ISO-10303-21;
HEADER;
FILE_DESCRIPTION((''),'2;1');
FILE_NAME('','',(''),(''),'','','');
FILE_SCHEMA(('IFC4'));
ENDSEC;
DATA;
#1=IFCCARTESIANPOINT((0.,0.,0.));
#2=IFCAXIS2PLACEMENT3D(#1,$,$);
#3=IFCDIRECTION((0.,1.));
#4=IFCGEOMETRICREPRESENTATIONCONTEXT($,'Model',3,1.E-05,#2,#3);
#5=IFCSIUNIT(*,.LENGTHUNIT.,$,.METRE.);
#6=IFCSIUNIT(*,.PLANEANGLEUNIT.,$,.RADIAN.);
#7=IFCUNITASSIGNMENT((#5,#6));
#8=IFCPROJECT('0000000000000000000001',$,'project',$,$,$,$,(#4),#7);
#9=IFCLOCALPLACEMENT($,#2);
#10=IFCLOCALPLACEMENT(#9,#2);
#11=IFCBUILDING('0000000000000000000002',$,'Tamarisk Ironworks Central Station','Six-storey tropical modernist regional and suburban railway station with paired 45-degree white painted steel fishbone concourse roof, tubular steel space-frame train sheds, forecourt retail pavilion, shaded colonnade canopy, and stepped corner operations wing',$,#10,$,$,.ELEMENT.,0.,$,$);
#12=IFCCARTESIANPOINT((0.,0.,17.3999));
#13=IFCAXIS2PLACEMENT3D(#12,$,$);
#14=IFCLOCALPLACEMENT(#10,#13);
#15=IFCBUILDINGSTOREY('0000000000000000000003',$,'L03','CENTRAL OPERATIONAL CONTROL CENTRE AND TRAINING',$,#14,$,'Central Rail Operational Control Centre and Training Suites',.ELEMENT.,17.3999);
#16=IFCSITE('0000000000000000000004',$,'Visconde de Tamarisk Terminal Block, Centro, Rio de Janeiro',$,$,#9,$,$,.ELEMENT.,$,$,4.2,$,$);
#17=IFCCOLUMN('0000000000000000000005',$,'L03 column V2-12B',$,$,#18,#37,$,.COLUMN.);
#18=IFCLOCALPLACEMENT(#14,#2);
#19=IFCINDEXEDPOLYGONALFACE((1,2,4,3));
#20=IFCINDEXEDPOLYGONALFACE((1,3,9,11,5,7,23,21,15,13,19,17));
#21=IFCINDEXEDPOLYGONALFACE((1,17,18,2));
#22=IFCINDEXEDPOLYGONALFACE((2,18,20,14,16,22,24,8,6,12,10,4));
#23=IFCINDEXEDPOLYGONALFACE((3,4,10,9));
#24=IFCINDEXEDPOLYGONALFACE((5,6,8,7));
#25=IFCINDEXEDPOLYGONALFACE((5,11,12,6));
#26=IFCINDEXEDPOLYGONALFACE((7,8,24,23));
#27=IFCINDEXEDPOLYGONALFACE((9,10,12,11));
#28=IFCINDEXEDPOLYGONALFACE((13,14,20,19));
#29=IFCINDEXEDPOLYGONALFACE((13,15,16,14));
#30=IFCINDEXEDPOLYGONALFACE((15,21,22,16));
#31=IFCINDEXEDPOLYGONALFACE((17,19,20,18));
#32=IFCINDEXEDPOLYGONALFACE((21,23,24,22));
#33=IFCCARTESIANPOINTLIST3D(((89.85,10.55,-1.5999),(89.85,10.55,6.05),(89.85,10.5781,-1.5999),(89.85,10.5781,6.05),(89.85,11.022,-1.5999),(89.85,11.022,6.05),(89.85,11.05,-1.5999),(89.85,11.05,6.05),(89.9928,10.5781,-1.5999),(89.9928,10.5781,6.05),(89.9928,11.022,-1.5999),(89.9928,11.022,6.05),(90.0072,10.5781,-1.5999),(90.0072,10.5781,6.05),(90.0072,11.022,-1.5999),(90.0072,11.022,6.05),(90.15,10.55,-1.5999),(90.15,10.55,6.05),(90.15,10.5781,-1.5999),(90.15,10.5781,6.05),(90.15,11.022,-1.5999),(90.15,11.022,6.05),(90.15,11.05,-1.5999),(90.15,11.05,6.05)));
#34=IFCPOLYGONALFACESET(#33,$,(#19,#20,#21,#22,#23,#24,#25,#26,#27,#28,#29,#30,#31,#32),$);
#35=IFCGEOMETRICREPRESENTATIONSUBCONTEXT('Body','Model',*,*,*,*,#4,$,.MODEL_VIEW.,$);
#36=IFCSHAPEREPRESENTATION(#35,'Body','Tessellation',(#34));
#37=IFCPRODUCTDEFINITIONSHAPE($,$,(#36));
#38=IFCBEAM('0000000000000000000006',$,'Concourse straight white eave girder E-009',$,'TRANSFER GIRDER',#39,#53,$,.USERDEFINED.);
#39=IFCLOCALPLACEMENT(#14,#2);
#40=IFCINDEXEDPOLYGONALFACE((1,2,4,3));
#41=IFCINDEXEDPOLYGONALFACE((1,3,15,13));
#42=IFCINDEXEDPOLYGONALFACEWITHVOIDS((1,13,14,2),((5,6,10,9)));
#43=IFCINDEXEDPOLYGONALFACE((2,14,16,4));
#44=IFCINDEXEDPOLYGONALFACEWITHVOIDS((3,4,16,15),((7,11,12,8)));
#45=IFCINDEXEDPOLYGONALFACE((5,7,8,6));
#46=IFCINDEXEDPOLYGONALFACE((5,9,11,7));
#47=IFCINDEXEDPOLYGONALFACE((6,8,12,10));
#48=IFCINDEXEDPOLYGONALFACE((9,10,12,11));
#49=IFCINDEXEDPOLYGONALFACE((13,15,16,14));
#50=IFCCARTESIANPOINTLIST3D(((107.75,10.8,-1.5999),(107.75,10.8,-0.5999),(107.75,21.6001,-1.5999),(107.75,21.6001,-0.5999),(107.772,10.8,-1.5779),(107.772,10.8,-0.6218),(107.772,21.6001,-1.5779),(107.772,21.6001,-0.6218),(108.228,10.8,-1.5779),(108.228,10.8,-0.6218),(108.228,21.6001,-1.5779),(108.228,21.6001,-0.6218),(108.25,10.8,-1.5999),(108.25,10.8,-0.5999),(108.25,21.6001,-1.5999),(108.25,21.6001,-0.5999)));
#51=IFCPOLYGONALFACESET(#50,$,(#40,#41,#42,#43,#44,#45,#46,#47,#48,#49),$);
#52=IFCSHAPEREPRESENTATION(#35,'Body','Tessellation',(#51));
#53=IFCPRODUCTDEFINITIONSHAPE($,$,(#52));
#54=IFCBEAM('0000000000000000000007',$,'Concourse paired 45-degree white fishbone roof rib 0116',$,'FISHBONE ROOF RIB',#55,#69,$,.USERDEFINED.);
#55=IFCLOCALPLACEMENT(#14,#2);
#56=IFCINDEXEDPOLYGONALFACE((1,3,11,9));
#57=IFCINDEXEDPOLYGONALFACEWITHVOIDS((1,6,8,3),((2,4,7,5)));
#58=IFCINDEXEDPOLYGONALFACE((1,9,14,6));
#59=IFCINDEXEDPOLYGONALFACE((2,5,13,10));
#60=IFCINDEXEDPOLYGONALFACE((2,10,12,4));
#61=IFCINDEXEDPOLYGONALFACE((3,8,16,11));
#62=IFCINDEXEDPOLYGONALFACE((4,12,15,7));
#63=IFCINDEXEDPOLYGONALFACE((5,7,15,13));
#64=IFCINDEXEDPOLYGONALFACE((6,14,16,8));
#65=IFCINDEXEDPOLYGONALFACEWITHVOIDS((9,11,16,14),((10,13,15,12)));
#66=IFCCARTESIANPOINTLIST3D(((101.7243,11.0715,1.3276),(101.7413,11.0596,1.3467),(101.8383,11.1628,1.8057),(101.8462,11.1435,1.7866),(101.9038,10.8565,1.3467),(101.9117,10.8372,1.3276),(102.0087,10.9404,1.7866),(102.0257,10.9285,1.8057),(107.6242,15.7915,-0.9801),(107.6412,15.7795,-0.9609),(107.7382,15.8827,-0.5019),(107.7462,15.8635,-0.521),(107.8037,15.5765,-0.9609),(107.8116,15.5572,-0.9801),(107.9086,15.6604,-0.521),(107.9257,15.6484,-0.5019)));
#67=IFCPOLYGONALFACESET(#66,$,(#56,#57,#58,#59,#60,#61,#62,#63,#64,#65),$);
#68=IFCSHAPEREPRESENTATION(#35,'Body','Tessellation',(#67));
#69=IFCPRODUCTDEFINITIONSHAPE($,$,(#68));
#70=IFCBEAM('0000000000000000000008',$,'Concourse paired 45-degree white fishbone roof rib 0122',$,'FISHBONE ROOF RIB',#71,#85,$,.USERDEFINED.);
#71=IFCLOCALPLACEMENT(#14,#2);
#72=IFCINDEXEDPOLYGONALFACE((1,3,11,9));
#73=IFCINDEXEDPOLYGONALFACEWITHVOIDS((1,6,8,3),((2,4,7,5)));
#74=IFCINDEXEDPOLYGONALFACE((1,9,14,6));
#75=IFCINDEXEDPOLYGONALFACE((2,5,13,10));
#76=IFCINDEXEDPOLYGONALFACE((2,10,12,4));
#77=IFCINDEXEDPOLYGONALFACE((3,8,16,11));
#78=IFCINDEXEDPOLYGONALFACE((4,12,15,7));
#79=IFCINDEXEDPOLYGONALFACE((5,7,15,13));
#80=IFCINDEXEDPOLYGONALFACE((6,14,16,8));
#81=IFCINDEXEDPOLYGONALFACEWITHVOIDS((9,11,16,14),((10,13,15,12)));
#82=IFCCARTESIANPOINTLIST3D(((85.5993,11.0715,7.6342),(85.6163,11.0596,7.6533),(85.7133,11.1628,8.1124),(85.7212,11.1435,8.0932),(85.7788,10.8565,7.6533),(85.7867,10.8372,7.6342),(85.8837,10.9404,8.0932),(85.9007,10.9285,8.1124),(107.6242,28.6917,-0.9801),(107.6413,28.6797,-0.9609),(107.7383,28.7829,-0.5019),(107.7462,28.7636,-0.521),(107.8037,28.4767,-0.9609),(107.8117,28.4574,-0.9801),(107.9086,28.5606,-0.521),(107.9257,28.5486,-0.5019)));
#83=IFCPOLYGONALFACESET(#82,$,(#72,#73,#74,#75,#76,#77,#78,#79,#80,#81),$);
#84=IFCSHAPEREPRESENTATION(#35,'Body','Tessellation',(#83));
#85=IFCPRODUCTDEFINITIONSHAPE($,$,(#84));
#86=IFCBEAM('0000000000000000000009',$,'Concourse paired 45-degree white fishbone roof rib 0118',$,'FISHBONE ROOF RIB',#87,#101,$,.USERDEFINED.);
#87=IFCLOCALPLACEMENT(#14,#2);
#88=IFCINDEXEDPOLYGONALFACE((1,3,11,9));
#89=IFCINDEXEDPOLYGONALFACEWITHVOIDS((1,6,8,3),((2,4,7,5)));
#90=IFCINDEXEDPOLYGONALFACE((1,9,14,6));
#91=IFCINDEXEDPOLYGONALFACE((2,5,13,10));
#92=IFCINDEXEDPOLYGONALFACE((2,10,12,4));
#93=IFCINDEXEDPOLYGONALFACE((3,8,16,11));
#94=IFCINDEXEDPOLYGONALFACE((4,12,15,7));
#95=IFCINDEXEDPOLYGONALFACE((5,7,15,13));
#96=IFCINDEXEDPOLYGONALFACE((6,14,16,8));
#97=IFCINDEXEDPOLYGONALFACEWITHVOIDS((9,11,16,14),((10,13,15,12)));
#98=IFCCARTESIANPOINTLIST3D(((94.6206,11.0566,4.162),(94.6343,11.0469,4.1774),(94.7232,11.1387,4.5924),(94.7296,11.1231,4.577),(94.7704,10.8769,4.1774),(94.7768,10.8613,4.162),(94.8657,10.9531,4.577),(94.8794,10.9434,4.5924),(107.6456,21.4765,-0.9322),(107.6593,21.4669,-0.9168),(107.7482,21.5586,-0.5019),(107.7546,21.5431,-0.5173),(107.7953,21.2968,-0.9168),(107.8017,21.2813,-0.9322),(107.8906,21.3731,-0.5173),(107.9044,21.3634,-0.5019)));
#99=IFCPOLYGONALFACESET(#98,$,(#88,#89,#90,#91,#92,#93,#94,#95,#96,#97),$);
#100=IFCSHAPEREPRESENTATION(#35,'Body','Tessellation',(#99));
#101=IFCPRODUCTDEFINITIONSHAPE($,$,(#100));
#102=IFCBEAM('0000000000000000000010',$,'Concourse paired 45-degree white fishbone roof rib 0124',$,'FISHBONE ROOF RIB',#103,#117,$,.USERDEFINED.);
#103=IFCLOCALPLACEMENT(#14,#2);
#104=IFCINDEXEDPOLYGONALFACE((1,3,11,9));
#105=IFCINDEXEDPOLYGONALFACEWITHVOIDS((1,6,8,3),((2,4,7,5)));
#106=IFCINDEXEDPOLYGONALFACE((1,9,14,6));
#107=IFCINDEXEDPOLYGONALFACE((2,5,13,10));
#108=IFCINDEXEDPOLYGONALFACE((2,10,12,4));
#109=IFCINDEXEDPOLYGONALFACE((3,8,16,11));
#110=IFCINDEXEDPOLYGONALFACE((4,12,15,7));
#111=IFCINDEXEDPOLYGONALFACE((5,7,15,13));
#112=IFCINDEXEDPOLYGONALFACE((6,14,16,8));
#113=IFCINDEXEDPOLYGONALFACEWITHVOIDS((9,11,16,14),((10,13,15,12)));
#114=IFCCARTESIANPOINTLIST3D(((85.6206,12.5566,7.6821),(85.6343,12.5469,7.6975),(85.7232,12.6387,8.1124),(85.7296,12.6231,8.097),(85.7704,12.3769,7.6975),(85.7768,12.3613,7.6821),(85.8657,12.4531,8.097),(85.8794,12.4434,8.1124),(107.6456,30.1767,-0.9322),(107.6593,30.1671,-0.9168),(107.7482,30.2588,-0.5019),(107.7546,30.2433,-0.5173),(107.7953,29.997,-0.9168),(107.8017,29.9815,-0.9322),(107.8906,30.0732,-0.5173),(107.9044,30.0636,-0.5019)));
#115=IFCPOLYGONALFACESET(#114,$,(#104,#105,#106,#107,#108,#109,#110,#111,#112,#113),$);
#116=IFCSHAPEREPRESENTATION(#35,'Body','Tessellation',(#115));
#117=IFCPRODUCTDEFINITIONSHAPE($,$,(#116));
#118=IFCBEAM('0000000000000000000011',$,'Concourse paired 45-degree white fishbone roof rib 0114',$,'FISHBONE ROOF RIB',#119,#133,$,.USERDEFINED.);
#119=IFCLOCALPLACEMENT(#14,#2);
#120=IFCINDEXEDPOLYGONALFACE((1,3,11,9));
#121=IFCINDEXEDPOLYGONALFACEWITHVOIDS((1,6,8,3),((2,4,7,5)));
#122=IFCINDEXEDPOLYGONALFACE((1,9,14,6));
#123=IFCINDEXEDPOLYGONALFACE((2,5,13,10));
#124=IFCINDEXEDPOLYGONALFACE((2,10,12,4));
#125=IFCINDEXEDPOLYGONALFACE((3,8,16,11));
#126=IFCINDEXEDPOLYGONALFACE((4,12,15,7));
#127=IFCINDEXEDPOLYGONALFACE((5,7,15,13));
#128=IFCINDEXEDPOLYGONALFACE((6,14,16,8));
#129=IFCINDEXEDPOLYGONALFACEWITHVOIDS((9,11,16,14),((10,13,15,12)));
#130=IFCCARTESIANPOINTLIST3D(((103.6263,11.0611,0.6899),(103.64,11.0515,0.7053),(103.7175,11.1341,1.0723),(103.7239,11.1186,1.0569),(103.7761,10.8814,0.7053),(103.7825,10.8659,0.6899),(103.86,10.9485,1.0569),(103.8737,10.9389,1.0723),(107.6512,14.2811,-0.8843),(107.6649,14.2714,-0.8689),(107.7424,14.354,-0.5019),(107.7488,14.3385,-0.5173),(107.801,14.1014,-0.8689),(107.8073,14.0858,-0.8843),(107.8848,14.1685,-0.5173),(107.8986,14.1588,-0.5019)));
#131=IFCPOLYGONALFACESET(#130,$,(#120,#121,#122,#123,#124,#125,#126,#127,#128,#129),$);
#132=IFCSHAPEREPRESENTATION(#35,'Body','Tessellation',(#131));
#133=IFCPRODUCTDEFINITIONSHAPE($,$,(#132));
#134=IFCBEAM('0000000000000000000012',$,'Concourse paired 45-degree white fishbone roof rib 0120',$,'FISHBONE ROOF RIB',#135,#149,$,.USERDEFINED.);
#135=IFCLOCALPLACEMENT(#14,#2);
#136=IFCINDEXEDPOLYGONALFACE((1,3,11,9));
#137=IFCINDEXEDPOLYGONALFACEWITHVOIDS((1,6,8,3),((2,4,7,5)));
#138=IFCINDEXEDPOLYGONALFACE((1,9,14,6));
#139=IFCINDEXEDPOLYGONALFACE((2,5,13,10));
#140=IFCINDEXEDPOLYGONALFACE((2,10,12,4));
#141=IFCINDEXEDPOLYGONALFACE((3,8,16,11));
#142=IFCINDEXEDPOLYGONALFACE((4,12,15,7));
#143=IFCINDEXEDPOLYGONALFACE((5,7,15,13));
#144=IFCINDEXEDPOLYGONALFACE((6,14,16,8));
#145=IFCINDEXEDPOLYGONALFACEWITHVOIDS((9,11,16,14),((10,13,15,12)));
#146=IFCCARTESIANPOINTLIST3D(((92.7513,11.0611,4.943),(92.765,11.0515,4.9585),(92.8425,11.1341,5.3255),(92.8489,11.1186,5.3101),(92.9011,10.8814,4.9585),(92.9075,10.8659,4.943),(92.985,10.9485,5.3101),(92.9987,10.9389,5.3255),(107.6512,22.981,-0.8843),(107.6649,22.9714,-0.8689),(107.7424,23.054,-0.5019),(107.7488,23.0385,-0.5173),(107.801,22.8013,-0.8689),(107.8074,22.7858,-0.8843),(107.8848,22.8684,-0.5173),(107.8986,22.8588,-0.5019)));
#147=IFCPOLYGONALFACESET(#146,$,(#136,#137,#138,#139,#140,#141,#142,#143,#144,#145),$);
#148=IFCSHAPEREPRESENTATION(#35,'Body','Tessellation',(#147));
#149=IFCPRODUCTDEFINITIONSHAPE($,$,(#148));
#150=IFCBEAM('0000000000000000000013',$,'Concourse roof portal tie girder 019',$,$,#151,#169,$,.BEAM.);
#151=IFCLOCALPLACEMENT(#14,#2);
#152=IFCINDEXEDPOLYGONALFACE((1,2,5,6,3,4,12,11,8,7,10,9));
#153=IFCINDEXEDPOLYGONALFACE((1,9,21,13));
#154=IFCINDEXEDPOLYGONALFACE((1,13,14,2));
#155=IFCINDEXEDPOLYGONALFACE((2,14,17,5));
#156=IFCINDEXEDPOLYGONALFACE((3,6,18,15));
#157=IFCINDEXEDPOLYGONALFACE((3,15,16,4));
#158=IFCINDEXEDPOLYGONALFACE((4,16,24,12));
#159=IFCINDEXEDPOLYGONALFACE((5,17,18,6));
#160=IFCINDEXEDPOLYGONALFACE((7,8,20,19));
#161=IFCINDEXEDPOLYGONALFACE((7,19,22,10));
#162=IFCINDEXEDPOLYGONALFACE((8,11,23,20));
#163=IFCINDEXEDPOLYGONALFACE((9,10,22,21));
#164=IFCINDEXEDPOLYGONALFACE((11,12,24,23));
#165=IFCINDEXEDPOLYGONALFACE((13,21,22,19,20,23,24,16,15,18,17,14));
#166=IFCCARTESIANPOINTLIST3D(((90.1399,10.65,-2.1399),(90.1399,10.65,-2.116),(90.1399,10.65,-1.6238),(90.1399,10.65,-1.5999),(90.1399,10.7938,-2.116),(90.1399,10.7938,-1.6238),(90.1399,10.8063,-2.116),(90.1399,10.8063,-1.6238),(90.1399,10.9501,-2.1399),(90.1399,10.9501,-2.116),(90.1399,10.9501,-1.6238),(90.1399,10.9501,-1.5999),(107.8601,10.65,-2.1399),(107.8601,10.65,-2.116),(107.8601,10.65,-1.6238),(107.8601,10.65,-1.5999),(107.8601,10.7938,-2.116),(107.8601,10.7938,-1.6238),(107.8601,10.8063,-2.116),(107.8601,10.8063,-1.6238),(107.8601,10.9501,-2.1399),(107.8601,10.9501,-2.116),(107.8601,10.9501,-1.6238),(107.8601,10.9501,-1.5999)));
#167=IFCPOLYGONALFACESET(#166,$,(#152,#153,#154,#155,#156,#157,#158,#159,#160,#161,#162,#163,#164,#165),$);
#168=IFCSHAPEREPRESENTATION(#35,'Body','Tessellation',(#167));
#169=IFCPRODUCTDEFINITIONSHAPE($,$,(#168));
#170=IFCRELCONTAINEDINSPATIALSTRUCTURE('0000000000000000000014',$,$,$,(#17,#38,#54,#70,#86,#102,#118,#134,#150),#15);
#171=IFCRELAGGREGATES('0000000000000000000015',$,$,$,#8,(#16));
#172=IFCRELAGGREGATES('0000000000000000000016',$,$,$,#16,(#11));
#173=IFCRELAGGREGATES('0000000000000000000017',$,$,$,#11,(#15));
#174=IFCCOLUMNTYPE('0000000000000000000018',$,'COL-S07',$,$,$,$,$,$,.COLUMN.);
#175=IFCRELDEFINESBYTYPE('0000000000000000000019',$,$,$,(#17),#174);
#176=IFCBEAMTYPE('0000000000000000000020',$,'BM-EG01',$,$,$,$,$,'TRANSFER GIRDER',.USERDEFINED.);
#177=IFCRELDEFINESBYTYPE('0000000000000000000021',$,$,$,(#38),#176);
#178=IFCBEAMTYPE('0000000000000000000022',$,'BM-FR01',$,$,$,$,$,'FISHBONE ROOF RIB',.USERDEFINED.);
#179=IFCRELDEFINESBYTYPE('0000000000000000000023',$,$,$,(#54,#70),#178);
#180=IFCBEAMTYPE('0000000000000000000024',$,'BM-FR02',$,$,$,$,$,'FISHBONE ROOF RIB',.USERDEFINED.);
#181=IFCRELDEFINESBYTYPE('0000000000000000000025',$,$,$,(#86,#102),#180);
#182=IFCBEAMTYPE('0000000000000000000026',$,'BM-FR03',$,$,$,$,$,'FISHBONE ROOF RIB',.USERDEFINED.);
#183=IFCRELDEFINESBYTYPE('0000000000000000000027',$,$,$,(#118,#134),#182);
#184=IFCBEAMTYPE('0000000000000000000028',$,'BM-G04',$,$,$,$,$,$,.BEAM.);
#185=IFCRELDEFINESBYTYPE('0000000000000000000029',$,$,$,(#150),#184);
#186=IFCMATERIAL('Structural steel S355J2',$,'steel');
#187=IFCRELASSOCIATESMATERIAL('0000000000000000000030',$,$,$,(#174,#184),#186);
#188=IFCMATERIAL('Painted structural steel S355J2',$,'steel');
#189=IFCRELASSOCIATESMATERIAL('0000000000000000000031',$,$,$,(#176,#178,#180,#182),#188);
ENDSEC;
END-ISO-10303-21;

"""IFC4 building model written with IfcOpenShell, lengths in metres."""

from ifc_helpers import new_model, si_unit, direction, frame, origin, origin_2d, place, context, subcontext, project, spatial, hollow_rectangle, i_section, extrude, material, material_profile, profile_set, type_object, element, save


model = new_model("IFC4")

# Units and contexts
model_context = context("Model", 3, precision=1e-05, world=origin(), true_north=direction((0.0, 1.0)))
body_context = subcontext(model_context, "Body", "Model", "MODEL_VIEW")
ifc_project = project(units=[si_unit("LENGTHUNIT", "METRE"), si_unit("PLANEANGLEUNIT", "RADIAN")], contexts=[model_context])

# Site, building, storey
site_placement = place(None, origin())
site = spatial("IfcSite", under=ifc_project, at=site_placement, Name="Visconde de Tamarisk Terminal Block, Centro, Rio de Janeiro", CompositionType="ELEMENT", RefElevation=4.2)
building_placement = place(site_placement, origin())
building = spatial("IfcBuilding", under=site, at=building_placement, Name="Tamarisk Ironworks Central Station", Description="Six-storey tropical modernist regional and suburban railway station with paired 45-degree white painted steel fishbone concourse roof, tubular steel space-frame train sheds, forecourt retail pavilion, shaded colonnade canopy, and stepped corner operations wing", CompositionType="ELEMENT", ElevationOfRefHeight=0.0)
storey_placement = place(building_placement, frame((0.0, 0.0, 17.3999)))
storey = spatial("IfcBuildingStorey", under=building, at=storey_placement, Name="L03", Description="CENTRAL OPERATIONAL CONTROL CENTRE AND TRAINING", LongName="Central Rail Operational Control Centre and Training Suites", CompositionType="ELEMENT", Elevation=17.3999)

# Column
ifc_material_1 = material(Name="Structural steel S355J2", Category="steel")
ifc_material_profile_1 = material_profile(ifc_material_1, i_section(OverallWidth=0.3, OverallDepth=0.5, WebThickness=0.0144, FlangeThickness=0.0281, at=origin_2d()), Name="HEB 500")
ifc_profile_set_1 = profile_set([ifc_material_profile_1], Name="Structural steel S355J2")
column_type = type_object("IfcColumnType", Name="COL-S07", PredefinedType="COLUMN", material=ifc_profile_set_1)
column_placement = place(storey_placement, frame((90.0, 10.8, -1.5999), z_axis=(0.0, 0.0, 1.0), x_axis=(1.0, 0.0, 0.0)))
element("IfcColumn", 1, at=column_placement, inside=storey, type_object=column_type, Name="L03 column V2-12B", PredefinedType="COLUMN", context=body_context, shape_type="SweptSolid", body=[
    extrude(i_section(OverallWidth=0.3, OverallDepth=0.5, WebThickness=0.0144, FlangeThickness=0.0281, at=origin_2d()), origin(), (0.0, 0.0, 1.0), 7.6499),
])

# Beams
ifc_material_2 = material(Name="Painted structural steel S355J2", Category="steel")
ifc_material_profile_2 = material_profile(ifc_material_2, hollow_rectangle(XDim=0.5, YDim=1.0, WallThickness=0.022, at=origin_2d()), Name="BOX 500x1000x22")
ifc_profile_set_2 = profile_set([ifc_material_profile_2], Name="Painted structural steel S355J2")
beam_type_1 = type_object("IfcBeamType", Name="BM-EG01", ElementType="TRANSFER GIRDER", PredefinedType="USERDEFINED", material=ifc_profile_set_2)
beam_1_placement = place(storey_placement, frame((108.0, 10.8, -1.0999), z_axis=(0.0, 1.0, 0.0), x_axis=(-1.0, 0.0, 0.0)))
element("IfcBeam", 2, at=beam_1_placement, inside=storey, type_object=beam_type_1, Name="Concourse straight white eave girder E-009", ObjectType="TRANSFER GIRDER", PredefinedType="USERDEFINED", context=body_context, shape_type="SweptSolid", body=[
    extrude(hollow_rectangle(XDim=0.5, YDim=1.0, WallThickness=0.022, at=origin_2d()), origin(), (0.0, 0.0, 1.0), 10.8),
])
ifc_material_profile_3 = material_profile(ifc_material_2, hollow_rectangle(XDim=0.3, YDim=0.5, WallThickness=0.02, at=origin_2d()), Name="RHS 500x300x20")
ifc_profile_set_3 = profile_set([ifc_material_profile_3], Name="Painted structural steel S355J2")
beam_type_2 = type_object("IfcBeamType", Name="BM-FR01", ElementType="FISHBONE ROOF RIB", PredefinedType="USERDEFINED", material=ifc_profile_set_3)
beam_2_placement = place(storey_placement, frame((101.875, 11.0, 1.5667), z_axis=(0.746811, 0.597455, -0.292099), x_axis=(-0.624699, 0.780866, 0.0)))
element("IfcBeam", 3, at=beam_2_placement, inside=storey, type_object=beam_type_2, Name="Concourse paired 45-degree white fishbone roof rib 0116", ObjectType="FISHBONE ROOF RIB", PredefinedType="USERDEFINED", context=body_context, shape_type="SweptSolid", body=[
    extrude(hollow_rectangle(XDim=0.3, YDim=0.5, WallThickness=0.02, at=origin_2d()), origin(), (0.0, 0.0, 1.0), 7.9001),
])
beam_3_placement = place(storey_placement, frame((85.75, 11.0, 7.8733), z_axis=(0.746813, 0.597457, -0.292089), x_axis=(-0.624699, 0.780865, 0.0)))
element("IfcBeam", 4, at=beam_3_placement, inside=storey, type_object=beam_type_2, Name="Concourse paired 45-degree white fishbone roof rib 0122", ObjectType="FISHBONE ROOF RIB", PredefinedType="USERDEFINED", context=body_context, shape_type="SweptSolid", body=[
    extrude(hollow_rectangle(XDim=0.3, YDim=0.5, WallThickness=0.02, at=origin_2d()), origin(), (0.0, 0.0, 1.0), 29.4919),
])
ifc_material_profile_4 = material_profile(ifc_material_2, hollow_rectangle(XDim=0.25, YDim=0.45, WallThickness=0.0161, at=origin_2d()), Name="RHS 450x250x16")
ifc_profile_set_4 = profile_set([ifc_material_profile_4], Name="Painted structural steel S355J2")
beam_type_3 = type_object("IfcBeamType", Name="BM-FR02", ElementType="FISHBONE ROOF RIB", PredefinedType="USERDEFINED", material=ifc_profile_set_4)
beam_4_placement = place(storey_placement, frame((94.75, 11.0, 4.3772), z_axis=(0.746816, 0.597452, -0.292091), x_axis=(-0.624695, 0.780869, 0.0)))
element("IfcBeam", 5, at=beam_4_placement, inside=storey, type_object=beam_type_3, Name="Concourse paired 45-degree white fishbone roof rib 0118", ObjectType="FISHBONE ROOF RIB", PredefinedType="USERDEFINED", context=body_context, shape_type="SweptSolid", body=[
    extrude(hollow_rectangle(XDim=0.25, YDim=0.45, WallThickness=0.0161, at=origin_2d()), origin(), (0.0, 0.0, 1.0), 17.4407),
])
beam_5_placement = place(storey_placement, frame((85.75, 12.5, 7.8972), z_axis=(0.746813, 0.597457, -0.292089), x_axis=(-0.624699, 0.780865, 0.0)))
element("IfcBeam", 6, at=beam_5_placement, inside=storey, type_object=beam_type_3, Name="Concourse paired 45-degree white fishbone roof rib 0124", ObjectType="FISHBONE ROOF RIB", PredefinedType="USERDEFINED", context=body_context, shape_type="SweptSolid", body=[
    extrude(hollow_rectangle(XDim=0.25, YDim=0.45, WallThickness=0.0161, at=origin_2d()), origin(), (0.0, 0.0, 1.0), 29.4919),
])
ifc_material_profile_5 = material_profile(ifc_material_2, hollow_rectangle(XDim=0.25, YDim=0.3999, WallThickness=0.0161, at=origin_2d()), Name="RHS 400x250x16")
ifc_profile_set_5 = profile_set([ifc_material_profile_5], Name="Painted structural steel S355J2")
beam_type_4 = type_object("IfcBeamType", Name="BM-FR03", ElementType="FISHBONE ROOF RIB", PredefinedType="USERDEFINED", material=ifc_profile_set_5)
beam_6_placement = place(storey_placement, frame((103.75, 11.0, 0.8811), z_axis=(0.746811, 0.597458, -0.292092), x_axis=(-0.624701, 0.780864, 0.0)))
element("IfcBeam", 7, at=beam_6_placement, inside=storey, type_object=beam_type_4, Name="Concourse paired 45-degree white fishbone roof rib 0114", ObjectType="FISHBONE ROOF RIB", PredefinedType="USERDEFINED", context=body_context, shape_type="SweptSolid", body=[
    extrude(hollow_rectangle(XDim=0.25, YDim=0.3999, WallThickness=0.0161, at=origin_2d()), origin(), (0.0, 0.0, 1.0), 5.3894),
])
beam_7_placement = place(storey_placement, frame((92.875, 11.0, 5.1343), z_axis=(0.746818, 0.597454, -0.292082), x_axis=(-0.624695, 0.780869, 0.0)))
element("IfcBeam", 8, at=beam_7_placement, inside=storey, type_object=beam_type_4, Name="Concourse paired 45-degree white fishbone roof rib 0120", ObjectType="FISHBONE ROOF RIB", PredefinedType="USERDEFINED", context=body_context, shape_type="SweptSolid", body=[
    extrude(hollow_rectangle(XDim=0.25, YDim=0.3999, WallThickness=0.0161, at=origin_2d()), origin(), (0.0, 0.0, 1.0), 19.9512),
])
ifc_material_profile_6 = material_profile(ifc_material_1, i_section(OverallWidth=0.3, OverallDepth=0.54, WebThickness=0.0125, FlangeThickness=0.0239, at=origin_2d()), Name="HEA 550")
ifc_profile_set_6 = profile_set([ifc_material_profile_6], Name="Structural steel S355J2")
beam_type_5 = type_object("IfcBeamType", Name="BM-G04", PredefinedType="BEAM", material=ifc_profile_set_6)
beam_8_placement = place(storey_placement, frame((90.1399, 10.8, -1.8699), z_axis=(1.0, 0.0, 0.0), x_axis=(0.0, 1.0, 0.0)))
element("IfcBeam", 9, at=beam_8_placement, inside=storey, type_object=beam_type_5, Name="Concourse roof portal tie girder 019", PredefinedType="BEAM", context=body_context, shape_type="SweptSolid", body=[
    extrude(i_section(OverallWidth=0.3, OverallDepth=0.54, WebThickness=0.0125, FlangeThickness=0.0239, at=origin_2d()), origin(), (0.0, 0.0, 1.0), 17.7202),
])

save(model, "model.ifc")
